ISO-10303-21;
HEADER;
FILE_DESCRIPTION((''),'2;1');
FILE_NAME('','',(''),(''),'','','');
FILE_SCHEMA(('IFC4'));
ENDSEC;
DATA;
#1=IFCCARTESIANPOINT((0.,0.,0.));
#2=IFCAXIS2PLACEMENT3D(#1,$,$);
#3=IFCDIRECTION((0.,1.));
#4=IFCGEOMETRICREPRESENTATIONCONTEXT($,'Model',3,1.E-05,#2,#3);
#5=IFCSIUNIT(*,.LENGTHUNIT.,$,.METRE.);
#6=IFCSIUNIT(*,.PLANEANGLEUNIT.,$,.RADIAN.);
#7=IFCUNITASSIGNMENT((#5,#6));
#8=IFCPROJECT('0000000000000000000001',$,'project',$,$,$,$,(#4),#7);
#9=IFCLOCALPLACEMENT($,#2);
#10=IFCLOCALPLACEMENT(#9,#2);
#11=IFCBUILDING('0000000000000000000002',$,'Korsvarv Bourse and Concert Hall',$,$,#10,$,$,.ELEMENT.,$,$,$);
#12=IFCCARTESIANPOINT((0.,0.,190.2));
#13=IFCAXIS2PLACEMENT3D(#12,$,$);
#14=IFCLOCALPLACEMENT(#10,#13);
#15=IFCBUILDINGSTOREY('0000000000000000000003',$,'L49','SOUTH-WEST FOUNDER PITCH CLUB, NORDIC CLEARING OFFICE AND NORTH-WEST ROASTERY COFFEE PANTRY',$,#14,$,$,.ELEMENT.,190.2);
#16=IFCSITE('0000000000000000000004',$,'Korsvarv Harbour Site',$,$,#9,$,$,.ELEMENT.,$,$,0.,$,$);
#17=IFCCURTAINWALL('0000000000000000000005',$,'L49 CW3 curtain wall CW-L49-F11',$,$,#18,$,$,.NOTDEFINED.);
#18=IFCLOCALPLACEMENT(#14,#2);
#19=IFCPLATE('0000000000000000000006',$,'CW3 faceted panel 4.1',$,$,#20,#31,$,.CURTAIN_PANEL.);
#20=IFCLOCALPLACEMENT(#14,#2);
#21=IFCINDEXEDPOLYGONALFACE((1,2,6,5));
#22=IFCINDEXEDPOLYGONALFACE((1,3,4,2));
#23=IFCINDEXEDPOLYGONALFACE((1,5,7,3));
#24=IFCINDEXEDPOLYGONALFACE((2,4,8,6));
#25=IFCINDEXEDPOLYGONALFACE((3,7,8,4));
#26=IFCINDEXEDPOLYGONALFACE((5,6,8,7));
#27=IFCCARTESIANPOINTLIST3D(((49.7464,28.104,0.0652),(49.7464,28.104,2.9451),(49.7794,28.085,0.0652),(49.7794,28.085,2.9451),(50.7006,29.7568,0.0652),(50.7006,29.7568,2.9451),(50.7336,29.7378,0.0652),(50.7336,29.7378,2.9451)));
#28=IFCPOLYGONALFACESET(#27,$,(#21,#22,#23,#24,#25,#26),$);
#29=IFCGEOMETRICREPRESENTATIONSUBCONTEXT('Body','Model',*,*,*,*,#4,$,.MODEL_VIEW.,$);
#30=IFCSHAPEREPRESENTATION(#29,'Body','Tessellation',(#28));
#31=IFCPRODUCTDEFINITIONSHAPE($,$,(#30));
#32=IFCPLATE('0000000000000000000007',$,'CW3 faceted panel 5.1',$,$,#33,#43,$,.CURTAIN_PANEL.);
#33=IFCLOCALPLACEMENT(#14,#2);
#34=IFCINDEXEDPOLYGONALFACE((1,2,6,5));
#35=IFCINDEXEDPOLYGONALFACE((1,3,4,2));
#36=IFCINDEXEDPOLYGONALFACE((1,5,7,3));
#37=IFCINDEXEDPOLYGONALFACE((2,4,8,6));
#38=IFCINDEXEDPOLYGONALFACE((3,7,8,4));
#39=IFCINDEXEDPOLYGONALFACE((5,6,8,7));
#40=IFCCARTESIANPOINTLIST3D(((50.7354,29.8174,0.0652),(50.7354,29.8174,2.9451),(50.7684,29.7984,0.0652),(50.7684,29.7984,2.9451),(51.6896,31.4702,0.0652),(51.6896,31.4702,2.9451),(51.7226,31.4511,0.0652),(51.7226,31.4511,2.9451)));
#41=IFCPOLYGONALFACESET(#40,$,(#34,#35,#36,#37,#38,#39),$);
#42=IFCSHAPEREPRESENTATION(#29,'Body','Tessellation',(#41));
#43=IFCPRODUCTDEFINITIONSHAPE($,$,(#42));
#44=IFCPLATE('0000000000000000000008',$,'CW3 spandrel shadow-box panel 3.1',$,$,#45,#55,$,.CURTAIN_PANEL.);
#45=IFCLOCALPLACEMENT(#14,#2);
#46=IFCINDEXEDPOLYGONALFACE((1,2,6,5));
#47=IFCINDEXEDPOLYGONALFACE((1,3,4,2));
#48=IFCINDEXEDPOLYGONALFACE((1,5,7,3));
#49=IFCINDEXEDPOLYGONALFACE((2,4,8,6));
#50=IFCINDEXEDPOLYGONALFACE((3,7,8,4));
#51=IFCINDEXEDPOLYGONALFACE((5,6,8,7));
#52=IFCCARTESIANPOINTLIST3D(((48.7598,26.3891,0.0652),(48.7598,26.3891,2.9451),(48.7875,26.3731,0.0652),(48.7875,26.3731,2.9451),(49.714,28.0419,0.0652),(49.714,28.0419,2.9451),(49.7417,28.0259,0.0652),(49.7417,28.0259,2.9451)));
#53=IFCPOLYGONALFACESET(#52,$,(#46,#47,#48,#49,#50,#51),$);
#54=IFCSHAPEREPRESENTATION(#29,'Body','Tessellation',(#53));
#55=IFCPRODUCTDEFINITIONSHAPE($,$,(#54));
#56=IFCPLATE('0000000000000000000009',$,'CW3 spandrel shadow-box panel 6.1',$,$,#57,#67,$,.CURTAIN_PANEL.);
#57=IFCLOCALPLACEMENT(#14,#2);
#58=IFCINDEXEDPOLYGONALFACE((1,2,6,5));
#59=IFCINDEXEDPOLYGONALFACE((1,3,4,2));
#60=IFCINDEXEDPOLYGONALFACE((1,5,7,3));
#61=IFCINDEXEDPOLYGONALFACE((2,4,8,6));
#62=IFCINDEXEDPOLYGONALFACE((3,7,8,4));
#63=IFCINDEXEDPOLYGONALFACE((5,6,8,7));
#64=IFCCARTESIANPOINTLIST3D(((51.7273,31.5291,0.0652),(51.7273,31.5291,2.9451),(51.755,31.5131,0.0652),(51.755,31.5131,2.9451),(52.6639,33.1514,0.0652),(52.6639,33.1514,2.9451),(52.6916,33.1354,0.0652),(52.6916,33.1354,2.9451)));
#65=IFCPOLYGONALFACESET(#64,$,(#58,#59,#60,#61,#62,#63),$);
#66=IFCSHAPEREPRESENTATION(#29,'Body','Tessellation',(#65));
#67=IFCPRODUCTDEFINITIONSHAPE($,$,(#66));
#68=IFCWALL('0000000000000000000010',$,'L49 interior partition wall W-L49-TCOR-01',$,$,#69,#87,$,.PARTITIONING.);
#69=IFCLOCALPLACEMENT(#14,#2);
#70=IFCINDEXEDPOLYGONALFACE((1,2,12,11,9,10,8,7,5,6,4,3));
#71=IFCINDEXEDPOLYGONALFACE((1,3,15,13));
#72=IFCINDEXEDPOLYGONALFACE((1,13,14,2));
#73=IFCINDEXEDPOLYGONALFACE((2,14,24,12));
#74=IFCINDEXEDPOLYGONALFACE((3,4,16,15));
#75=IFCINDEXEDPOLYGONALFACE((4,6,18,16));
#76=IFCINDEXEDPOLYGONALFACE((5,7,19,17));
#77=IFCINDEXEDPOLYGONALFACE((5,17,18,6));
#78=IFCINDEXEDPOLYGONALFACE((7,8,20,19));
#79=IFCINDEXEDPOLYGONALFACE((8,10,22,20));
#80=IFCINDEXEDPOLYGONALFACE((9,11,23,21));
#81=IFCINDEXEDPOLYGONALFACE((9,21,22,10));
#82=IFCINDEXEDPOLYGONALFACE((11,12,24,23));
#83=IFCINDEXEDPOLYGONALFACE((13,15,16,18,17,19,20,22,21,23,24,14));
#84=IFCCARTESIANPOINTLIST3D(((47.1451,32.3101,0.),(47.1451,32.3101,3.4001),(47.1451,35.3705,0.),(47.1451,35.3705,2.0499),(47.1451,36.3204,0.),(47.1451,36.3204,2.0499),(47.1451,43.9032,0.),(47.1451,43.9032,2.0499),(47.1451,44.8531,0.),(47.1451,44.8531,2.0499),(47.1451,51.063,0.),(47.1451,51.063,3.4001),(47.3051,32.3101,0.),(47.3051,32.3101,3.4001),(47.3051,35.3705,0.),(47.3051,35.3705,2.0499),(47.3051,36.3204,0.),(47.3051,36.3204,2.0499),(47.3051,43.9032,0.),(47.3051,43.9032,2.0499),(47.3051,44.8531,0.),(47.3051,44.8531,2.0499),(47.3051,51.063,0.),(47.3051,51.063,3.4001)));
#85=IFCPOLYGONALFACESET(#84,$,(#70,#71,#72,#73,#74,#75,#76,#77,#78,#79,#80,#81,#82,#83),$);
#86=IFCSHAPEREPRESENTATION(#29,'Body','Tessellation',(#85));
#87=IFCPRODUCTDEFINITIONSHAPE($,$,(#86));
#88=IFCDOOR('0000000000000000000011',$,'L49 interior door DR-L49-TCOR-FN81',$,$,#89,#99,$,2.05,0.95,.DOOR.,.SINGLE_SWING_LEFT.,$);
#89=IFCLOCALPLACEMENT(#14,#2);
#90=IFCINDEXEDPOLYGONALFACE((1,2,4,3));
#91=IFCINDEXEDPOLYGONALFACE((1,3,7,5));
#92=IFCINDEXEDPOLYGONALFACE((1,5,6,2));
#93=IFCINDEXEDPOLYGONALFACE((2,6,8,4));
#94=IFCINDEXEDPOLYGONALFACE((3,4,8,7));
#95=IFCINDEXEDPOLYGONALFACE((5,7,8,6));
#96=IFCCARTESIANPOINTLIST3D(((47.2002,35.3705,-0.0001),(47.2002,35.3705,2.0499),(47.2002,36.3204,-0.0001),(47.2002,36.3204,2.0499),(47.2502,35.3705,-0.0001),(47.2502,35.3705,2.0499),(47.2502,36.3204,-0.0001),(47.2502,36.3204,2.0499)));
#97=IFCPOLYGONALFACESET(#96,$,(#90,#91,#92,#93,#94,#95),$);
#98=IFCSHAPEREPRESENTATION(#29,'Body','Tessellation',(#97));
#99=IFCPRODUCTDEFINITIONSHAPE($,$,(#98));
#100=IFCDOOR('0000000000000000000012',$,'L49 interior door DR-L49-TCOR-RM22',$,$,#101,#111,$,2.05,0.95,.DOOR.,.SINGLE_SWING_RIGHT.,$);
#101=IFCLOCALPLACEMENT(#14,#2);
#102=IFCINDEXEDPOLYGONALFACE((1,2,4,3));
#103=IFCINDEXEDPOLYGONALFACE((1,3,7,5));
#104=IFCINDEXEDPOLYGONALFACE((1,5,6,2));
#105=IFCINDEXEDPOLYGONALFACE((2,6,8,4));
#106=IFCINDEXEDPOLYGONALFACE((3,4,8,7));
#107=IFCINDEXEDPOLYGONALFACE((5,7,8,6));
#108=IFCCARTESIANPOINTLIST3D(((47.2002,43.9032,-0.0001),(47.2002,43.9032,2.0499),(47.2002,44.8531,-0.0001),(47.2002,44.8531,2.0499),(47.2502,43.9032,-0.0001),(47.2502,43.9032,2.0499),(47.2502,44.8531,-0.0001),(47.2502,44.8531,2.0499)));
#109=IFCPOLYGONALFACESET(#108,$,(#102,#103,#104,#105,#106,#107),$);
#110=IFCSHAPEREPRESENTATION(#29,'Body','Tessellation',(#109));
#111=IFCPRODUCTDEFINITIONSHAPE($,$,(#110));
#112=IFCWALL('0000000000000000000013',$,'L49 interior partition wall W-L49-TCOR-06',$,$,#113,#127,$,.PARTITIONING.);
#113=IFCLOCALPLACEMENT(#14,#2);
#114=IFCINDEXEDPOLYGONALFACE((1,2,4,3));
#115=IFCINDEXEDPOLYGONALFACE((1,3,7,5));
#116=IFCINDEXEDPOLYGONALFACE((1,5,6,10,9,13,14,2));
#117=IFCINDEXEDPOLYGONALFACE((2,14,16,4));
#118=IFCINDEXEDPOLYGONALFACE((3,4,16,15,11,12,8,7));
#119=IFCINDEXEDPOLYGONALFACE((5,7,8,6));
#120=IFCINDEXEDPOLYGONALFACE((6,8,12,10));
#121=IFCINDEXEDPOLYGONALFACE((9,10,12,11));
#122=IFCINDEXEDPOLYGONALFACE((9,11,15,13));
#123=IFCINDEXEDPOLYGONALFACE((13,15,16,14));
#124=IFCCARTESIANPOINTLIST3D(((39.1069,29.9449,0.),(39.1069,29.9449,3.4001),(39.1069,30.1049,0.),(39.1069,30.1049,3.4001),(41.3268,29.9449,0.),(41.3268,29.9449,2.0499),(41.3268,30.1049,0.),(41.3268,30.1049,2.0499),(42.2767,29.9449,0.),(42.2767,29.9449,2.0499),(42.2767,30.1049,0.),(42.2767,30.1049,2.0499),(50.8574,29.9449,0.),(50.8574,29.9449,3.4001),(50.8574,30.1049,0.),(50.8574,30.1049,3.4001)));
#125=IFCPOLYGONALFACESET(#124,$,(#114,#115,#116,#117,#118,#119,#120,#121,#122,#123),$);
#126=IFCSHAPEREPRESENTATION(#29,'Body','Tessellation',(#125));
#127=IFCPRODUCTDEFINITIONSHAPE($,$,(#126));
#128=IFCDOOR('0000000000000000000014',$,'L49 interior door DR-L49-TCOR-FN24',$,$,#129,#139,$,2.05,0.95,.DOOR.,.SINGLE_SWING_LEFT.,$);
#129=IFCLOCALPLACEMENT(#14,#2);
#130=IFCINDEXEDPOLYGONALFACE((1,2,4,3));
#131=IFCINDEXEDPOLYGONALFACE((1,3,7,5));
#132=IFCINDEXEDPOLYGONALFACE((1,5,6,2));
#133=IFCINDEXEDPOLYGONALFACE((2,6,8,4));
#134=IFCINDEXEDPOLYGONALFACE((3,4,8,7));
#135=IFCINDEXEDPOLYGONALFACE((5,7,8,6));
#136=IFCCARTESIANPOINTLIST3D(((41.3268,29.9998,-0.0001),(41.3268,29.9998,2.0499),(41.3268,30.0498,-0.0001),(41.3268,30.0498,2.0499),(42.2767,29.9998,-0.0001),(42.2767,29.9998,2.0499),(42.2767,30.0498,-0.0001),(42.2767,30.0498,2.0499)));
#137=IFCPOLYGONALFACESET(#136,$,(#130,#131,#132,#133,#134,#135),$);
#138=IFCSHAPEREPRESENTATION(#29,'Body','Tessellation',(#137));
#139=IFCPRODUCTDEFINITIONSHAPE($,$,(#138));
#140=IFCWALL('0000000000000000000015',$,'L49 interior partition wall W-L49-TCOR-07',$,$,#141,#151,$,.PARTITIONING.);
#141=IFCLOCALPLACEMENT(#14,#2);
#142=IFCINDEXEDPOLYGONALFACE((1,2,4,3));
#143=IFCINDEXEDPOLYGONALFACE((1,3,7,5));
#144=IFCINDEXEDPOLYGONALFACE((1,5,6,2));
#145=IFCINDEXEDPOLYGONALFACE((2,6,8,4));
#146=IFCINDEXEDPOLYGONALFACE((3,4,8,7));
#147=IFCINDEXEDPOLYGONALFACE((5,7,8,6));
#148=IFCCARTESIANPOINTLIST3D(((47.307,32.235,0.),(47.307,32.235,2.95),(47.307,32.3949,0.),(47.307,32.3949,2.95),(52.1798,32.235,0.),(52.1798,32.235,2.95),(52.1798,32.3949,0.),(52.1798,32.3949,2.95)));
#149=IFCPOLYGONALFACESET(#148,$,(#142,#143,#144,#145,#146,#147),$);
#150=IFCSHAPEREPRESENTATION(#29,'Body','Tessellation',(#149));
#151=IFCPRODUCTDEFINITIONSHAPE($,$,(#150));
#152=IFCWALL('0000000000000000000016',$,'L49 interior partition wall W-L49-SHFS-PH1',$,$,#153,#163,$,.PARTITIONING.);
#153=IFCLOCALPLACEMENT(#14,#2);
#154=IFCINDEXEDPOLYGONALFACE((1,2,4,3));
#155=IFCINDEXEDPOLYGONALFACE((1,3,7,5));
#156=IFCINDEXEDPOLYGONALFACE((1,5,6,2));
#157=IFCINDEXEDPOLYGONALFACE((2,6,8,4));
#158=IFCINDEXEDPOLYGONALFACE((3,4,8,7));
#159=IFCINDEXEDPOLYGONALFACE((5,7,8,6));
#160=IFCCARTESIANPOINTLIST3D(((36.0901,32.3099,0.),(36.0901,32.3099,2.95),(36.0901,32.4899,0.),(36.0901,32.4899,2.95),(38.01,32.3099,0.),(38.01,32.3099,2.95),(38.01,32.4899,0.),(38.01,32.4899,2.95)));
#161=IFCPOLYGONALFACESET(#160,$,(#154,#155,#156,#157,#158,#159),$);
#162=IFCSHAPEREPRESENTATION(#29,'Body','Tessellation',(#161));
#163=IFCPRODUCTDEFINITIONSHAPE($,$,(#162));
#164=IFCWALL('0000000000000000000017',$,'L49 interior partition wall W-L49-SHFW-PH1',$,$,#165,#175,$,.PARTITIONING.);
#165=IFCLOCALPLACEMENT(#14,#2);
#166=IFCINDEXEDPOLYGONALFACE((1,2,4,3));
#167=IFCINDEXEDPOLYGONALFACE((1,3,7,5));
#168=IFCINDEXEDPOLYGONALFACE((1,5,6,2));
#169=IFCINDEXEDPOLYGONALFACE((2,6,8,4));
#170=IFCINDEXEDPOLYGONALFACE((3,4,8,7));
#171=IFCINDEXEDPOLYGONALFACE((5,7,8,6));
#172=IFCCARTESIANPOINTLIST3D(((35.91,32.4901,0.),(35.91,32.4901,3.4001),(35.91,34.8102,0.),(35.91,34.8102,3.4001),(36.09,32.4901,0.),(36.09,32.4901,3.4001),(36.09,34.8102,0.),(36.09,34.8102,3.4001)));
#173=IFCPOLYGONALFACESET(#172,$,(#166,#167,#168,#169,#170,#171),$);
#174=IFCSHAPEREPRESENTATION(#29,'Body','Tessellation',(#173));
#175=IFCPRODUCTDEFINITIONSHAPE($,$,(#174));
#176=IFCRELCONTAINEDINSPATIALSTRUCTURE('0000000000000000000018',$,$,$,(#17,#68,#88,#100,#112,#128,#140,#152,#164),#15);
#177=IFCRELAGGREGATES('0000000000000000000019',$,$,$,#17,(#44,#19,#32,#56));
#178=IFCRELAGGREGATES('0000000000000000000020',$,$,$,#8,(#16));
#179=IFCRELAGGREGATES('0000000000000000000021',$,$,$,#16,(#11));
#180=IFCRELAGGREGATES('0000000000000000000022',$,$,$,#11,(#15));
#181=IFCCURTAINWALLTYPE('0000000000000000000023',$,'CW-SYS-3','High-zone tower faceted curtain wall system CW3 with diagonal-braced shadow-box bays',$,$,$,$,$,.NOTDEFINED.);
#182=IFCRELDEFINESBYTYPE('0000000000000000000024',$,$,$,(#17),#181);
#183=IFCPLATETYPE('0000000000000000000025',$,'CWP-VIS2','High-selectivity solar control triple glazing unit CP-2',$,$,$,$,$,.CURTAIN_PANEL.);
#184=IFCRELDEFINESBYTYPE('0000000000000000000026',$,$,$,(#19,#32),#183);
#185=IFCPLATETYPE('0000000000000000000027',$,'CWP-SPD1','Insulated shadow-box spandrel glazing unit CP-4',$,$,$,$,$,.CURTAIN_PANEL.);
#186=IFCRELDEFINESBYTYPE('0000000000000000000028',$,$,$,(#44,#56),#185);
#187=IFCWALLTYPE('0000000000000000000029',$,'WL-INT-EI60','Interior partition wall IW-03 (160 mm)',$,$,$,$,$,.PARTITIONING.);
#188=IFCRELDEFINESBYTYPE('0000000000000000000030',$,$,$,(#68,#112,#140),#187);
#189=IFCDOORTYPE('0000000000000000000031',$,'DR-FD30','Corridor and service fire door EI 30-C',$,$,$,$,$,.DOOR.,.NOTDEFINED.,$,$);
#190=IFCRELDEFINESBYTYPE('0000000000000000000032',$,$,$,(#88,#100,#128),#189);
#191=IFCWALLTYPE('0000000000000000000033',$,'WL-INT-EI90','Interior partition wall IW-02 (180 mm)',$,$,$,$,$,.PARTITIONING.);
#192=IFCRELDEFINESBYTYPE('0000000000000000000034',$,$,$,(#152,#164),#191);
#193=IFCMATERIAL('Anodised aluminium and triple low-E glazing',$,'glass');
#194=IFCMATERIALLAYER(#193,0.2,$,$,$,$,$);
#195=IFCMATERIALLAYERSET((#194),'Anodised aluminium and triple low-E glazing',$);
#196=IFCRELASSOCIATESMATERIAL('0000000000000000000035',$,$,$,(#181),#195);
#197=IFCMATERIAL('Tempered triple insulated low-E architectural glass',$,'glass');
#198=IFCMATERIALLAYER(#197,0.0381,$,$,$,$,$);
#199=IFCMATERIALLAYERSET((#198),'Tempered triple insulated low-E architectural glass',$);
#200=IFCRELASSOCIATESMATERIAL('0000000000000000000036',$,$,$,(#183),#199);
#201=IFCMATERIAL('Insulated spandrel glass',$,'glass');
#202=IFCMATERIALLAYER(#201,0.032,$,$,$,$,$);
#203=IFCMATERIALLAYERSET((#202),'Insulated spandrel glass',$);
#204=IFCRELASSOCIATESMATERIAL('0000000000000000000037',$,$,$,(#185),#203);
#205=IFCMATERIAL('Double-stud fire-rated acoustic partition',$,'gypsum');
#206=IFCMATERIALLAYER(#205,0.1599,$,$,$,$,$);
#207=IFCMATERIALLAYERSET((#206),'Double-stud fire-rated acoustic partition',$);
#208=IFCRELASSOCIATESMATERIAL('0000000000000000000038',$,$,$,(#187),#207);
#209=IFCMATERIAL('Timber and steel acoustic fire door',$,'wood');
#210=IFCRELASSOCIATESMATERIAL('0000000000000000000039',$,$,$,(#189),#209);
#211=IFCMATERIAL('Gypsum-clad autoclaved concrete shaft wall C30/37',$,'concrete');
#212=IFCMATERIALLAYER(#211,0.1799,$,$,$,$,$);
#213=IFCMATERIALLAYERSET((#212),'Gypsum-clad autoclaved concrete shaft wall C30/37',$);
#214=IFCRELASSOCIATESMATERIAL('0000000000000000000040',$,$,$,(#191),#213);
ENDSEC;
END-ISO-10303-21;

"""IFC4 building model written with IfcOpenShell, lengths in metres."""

from ifc_helpers import new_model, si_unit, direction, frame, frame_2d, origin, origin_2d, place, context, subcontext, project, spatial, rectangle, extrude, source, transform, mapped, material, layer, layer_set, type_object, element, fill, aggregate, save


model = new_model("IFC4")

# Units and contexts
model_context = context("Model", 3, precision=1e-05, world=origin(), true_north=direction((0.0, 1.0)))
body_context = subcontext(model_context, "Body", "Model", "MODEL_VIEW")
ifc_project = project(units=[si_unit("LENGTHUNIT", "METRE"), si_unit("PLANEANGLEUNIT", "RADIAN")], contexts=[model_context])

# Site, building, storey
site_placement = place(None, origin())
site = spatial("IfcSite", under=ifc_project, at=site_placement, Name="Korsvarv Harbour Site", CompositionType="ELEMENT", RefElevation=0.0)
building_placement = place(site_placement, origin())
building = spatial("IfcBuilding", under=site, at=building_placement, Name="Korsvarv Bourse and Concert Hall", CompositionType="ELEMENT")
storey_placement = place(building_placement, frame((0.0, 0.0, 190.2)))
storey = spatial("IfcBuildingStorey", under=building, at=storey_placement, Name="L49", Description="SOUTH-WEST FOUNDER PITCH CLUB, NORDIC CLEARING OFFICE AND NORTH-WEST ROASTERY COFFEE PANTRY", CompositionType="ELEMENT", Elevation=190.2)

# Curtain wall, plates
ifc_material_1 = material(Name="Anodised aluminium and triple low-E glazing", Category="glass")
ifc_layer_1 = layer(ifc_material_1, 0.2)
ifc_layer_set_1 = layer_set([ifc_layer_1], Name="Anodised aluminium and triple low-E glazing")
curtain_wall_type = type_object("IfcCurtainWallType", Name="CW-SYS-3", Description="High-zone tower faceted curtain wall system CW3 with diagonal-braced shadow-box bays", PredefinedType="NOTDEFINED", material=ifc_layer_set_1)
curtain_wall_placement = place(storey_placement, origin())
curtain_wall = element("IfcCurtainWall", 1, at=curtain_wall_placement, inside=storey, type_object=curtain_wall_type, Name="L49 CW3 curtain wall CW-L49-F11", PredefinedType="NOTDEFINED")
ifc_material_2 = material(Name="Tempered triple insulated low-E architectural glass", Category="glass")
ifc_layer_2 = layer(ifc_material_2, 0.0381)
ifc_layer_set_2 = layer_set([ifc_layer_2], Name="Tempered triple insulated low-E architectural glass")
plate_type_1 = type_object("IfcPlateType", Name="CWP-VIS2", Description="High-selectivity solar control triple glazing unit CP-2", PredefinedType="CURTAIN_PANEL", material=ifc_layer_set_2)
shared_shape_1 = source(origin(), body_context, "Body", "SweptSolid", [
    extrude(rectangle(XDim=1.9084, YDim=0.0381, at=origin_2d()), origin(), (0.0, 0.0, 1.0), 2.8799),
])
plate_1_placement = place(storey_placement, frame((50.24, 28.9209, 0.0652), z_axis=(0.0, 0.0, 1.0), x_axis=(0.499993, 0.86603, 0.0)))
plate_1 = element("IfcPlate", 2, at=plate_1_placement, type_object=plate_type_1, Name="CW3 faceted panel 4.1", PredefinedType="CURTAIN_PANEL", context=body_context, shape_type="MappedRepresentation", body=[
    mapped(shared_shape_1, transform((0.0, 0.0, 0.0), scale=1.0)),
])
plate_2_placement = place(storey_placement, frame((51.229, 30.6343, 0.0652), z_axis=(0.0, 0.0, 1.0), x_axis=(0.499993, 0.86603, 0.0)))
plate_2 = element("IfcPlate", 3, at=plate_2_placement, type_object=plate_type_1, Name="CW3 faceted panel 5.1", PredefinedType="CURTAIN_PANEL", context=body_context, shape_type="MappedRepresentation", body=[
    mapped(shared_shape_1, transform((0.0, 0.0, 0.0), scale=1.0)),
])
ifc_material_3 = material(Name="Insulated spandrel glass", Category="glass")
ifc_layer_3 = layer(ifc_material_3, 0.032)
ifc_layer_set_3 = layer_set([ifc_layer_3], Name="Insulated spandrel glass")
plate_type_2 = type_object("IfcPlateType", Name="CWP-SPD1", Description="Insulated shadow-box spandrel glazing unit CP-4", PredefinedType="CURTAIN_PANEL", material=ifc_layer_set_3)
shared_shape_2 = source(origin(), body_context, "Body", "SweptSolid", [
    extrude(rectangle(XDim=1.9084, YDim=0.032, at=origin_2d()), origin(), (0.0, 0.0, 1.0), 2.8799),
])
plate_3_placement = place(storey_placement, frame((49.2507, 27.2075, 0.0652), z_axis=(0.0, 0.0, 1.0), x_axis=(0.499993, 0.86603, 0.0)))
plate_3 = element("IfcPlate", 4, at=plate_3_placement, type_object=plate_type_2, Name="CW3 spandrel shadow-box panel 3.1", PredefinedType="CURTAIN_PANEL", context=body_context, shape_type="MappedRepresentation", body=[
    mapped(shared_shape_2, transform((0.0, 0.0, 0.0), scale=1.0)),
])
shared_shape_3 = source(origin(), body_context, "Body", "SweptSolid", [
    extrude(rectangle(XDim=1.8733, YDim=0.032, at=origin_2d()), origin(), (0.0, 0.0, 1.0), 2.8799),
])
plate_4_placement = place(storey_placement, frame((52.2095, 32.3323, 0.0652), z_axis=(0.0, 0.0, 1.0), x_axis=(0.499993, 0.86603, 0.0)))
plate_4 = element("IfcPlate", 5, at=plate_4_placement, type_object=plate_type_2, Name="CW3 spandrel shadow-box panel 6.1", PredefinedType="CURTAIN_PANEL", context=body_context, shape_type="MappedRepresentation", body=[
    mapped(shared_shape_3, transform((0.0, 0.0, 0.0), scale=1.0)),
])
aggregate(curtain_wall, [plate_3, plate_1, plate_2, plate_4])

# Wall, openings, doors
ifc_material_4 = material(Name="Double-stud fire-rated acoustic partition", Category="gypsum")
ifc_layer_4 = layer(ifc_material_4, 0.1599)
ifc_layer_set_4 = layer_set([ifc_layer_4], Name="Double-stud fire-rated acoustic partition")
wall_type_1 = type_object("IfcWallType", Name="WL-INT-EI60", Description="Interior partition wall IW-03 (160 mm)", PredefinedType="PARTITIONING", material=ifc_layer_set_4)
wall_1_placement = place(storey_placement, frame((47.2251, 32.3101, 0.0), z_axis=(0.0, 0.0, 1.0), x_axis=(0.0, 1.0, 0.0)))
wall_1 = element("IfcWall", 6, at=wall_1_placement, inside=storey, type_object=wall_type_1, Name="L49 interior partition wall W-L49-TCOR-01", PredefinedType="PARTITIONING", context=body_context, shape_type="SweptSolid", body=[
    extrude(rectangle(XDim=18.7529, YDim=0.1599, at=frame_2d((9.3765, 0.0))), origin(), (0.0, 0.0, 1.0), 3.4001),
])
opening_1_placement = place(wall_1_placement, frame((3.0603, 0.0, 0.0)))
opening_1 = element("IfcOpeningElement", 7, at=opening_1_placement, cuts=wall_1, PredefinedType="OPENING", context=body_context, shape_type="SweptSolid", body=[
    extrude(rectangle(XDim=0.95, YDim=2.05, at=frame_2d((0.4751, 1.0249))), frame((0.0, 0.0898, 0.0), z_axis=(0.0, -1.0, 0.0), x_axis=(1.0, 0.0, 0.0)), (0.0, 0.0, 1.0), 0.1799),
])
opening_2_placement = place(wall_1_placement, frame((11.593, 0.0, 0.0)))
opening_2 = element("IfcOpeningElement", 8, at=opening_2_placement, cuts=wall_1, PredefinedType="OPENING", context=body_context, shape_type="SweptSolid", body=[
    extrude(rectangle(XDim=0.95, YDim=2.05, at=frame_2d((0.4751, 1.0249))), frame((0.0, 0.0898, 0.0), z_axis=(0.0, -1.0, 0.0), x_axis=(1.0, 0.0, 0.0)), (0.0, 0.0, 1.0), 0.1799),
])
ifc_material_5 = material(Name="Timber and steel acoustic fire door", Category="wood")
door_type = type_object("IfcDoorType", Name="DR-FD30", Description="Corridor and service fire door EI 30-C", OperationType="NOTDEFINED", PredefinedType="DOOR", material=ifc_material_5)
door_1_placement = place(opening_1_placement, origin())
door_1 = element("IfcDoor", 9, at=door_1_placement, inside=storey, type_object=door_type, Name="L49 interior door DR-L49-TCOR-FN81", OperationType="SINGLE_SWING_LEFT", OverallHeight=2.05, OverallWidth=0.95, PredefinedType="DOOR", context=body_context, shape_type="SweptSolid", body=[
    extrude(rectangle(XDim=0.95, YDim=2.05, at=frame_2d((0.4751, 1.0249))), frame((0.0, 0.0249, 0.0), z_axis=(0.0, -1.0, 0.0), x_axis=(1.0, 0.0, 0.0)), (0.0, 0.0, 1.0), 0.05),
])
fill(opening_1, door_1)
door_2_placement = place(opening_2_placement, origin())
door_2 = element("IfcDoor", 10, at=door_2_placement, inside=storey, type_object=door_type, Name="L49 interior door DR-L49-TCOR-RM22", OperationType="SINGLE_SWING_RIGHT", OverallHeight=2.05, OverallWidth=0.95, PredefinedType="DOOR", context=body_context, shape_type="SweptSolid", body=[
    extrude(rectangle(XDim=0.95, YDim=2.05, at=frame_2d((0.4751, 1.0249))), frame((0.0, 0.0249, 0.0), z_axis=(0.0, -1.0, 0.0), x_axis=(1.0, 0.0, 0.0)), (0.0, 0.0, 1.0), 0.05),
])
fill(opening_2, door_2)

# Wall, opening, door
wall_2_placement = place(storey_placement, frame((39.1069, 30.0249, 0.0), z_axis=(0.0, 0.0, 1.0), x_axis=(1.0, 0.0, 0.0)))
wall_2 = element("IfcWall", 11, at=wall_2_placement, inside=storey, type_object=wall_type_1, Name="L49 interior partition wall W-L49-TCOR-06", PredefinedType="PARTITIONING", context=body_context, shape_type="SweptSolid", body=[
    extrude(rectangle(XDim=11.7505, YDim=0.1599, at=frame_2d((5.8752, 0.0))), origin(), (0.0, 0.0, 1.0), 3.4001),
])
opening_3_placement = place(wall_2_placement, frame((2.2197, 0.0, 0.0)))
opening_3 = element("IfcOpeningElement", 12, at=opening_3_placement, cuts=wall_2, PredefinedType="OPENING", context=body_context, shape_type="SweptSolid", body=[
    extrude(rectangle(XDim=0.95, YDim=2.05, at=frame_2d((0.4751, 1.0249))), frame((0.0, 0.0898, 0.0), z_axis=(0.0, -1.0, 0.0), x_axis=(1.0, 0.0, 0.0)), (0.0, 0.0, 1.0), 0.1799),
])
door_3_placement = place(opening_3_placement, origin())
door_3 = element("IfcDoor", 13, at=door_3_placement, inside=storey, type_object=door_type, Name="L49 interior door DR-L49-TCOR-FN24", OperationType="SINGLE_SWING_LEFT", OverallHeight=2.05, OverallWidth=0.95, PredefinedType="DOOR", context=body_context, shape_type="SweptSolid", body=[
    extrude(rectangle(XDim=0.95, YDim=2.05, at=frame_2d((0.4751, 1.0249))), frame((0.0, 0.0249, 0.0), z_axis=(0.0, -1.0, 0.0), x_axis=(1.0, 0.0, 0.0)), (0.0, 0.0, 1.0), 0.05),
])
fill(opening_3, door_3)

# Walls
wall_3_placement = place(storey_placement, frame((47.3069, 32.3149, 0.0), z_axis=(0.0, 0.0, 1.0), x_axis=(1.0, 0.0, 0.0)))
element("IfcWall", 14, at=wall_3_placement, inside=storey, type_object=wall_type_1, Name="L49 interior partition wall W-L49-TCOR-07", PredefinedType="PARTITIONING", context=body_context, shape_type="SweptSolid", body=[
    extrude(rectangle(XDim=4.8728, YDim=0.1599, at=frame_2d((2.4365, 0.0))), origin(), (0.0, 0.0, 1.0), 2.95),
])
ifc_material_6 = material(Name="Gypsum-clad autoclaved concrete shaft wall C30/37", Category="concrete")
ifc_layer_5 = layer(ifc_material_6, 0.1799)
ifc_layer_set_5 = layer_set([ifc_layer_5], Name="Gypsum-clad autoclaved concrete shaft wall C30/37")
wall_type_2 = type_object("IfcWallType", Name="WL-INT-EI90", Description="Interior partition wall IW-02 (180 mm)", PredefinedType="PARTITIONING", material=ifc_layer_set_5)
wall_4_placement = place(storey_placement, frame((36.0901, 32.3999, 0.0), z_axis=(0.0, 0.0, 1.0), x_axis=(1.0, 0.0, 0.0)))
element("IfcWall", 15, at=wall_4_placement, inside=storey, type_object=wall_type_2, Name="L49 interior partition wall W-L49-SHFS-PH1", PredefinedType="PARTITIONING", context=body_context, shape_type="SweptSolid", body=[
    extrude(rectangle(XDim=1.9199, YDim=0.1799, at=frame_2d((0.96, 0.0))), origin(), (0.0, 0.0, 1.0), 2.95),
])
wall_5_placement = place(storey_placement, frame((36.0, 32.49, 0.0), z_axis=(0.0, 0.0, 1.0), x_axis=(0.0, 1.0, 0.0)))
element("IfcWall", 16, at=wall_5_placement, inside=storey, type_object=wall_type_2, Name="L49 interior partition wall W-L49-SHFW-PH1", PredefinedType="PARTITIONING", context=body_context, shape_type="SweptSolid", body=[
    extrude(rectangle(XDim=2.3201, YDim=0.1799, at=frame_2d((1.1602, 0.0))), origin(), (0.0, 0.0, 1.0), 3.4001),
])

save(model, "model.ifc")
